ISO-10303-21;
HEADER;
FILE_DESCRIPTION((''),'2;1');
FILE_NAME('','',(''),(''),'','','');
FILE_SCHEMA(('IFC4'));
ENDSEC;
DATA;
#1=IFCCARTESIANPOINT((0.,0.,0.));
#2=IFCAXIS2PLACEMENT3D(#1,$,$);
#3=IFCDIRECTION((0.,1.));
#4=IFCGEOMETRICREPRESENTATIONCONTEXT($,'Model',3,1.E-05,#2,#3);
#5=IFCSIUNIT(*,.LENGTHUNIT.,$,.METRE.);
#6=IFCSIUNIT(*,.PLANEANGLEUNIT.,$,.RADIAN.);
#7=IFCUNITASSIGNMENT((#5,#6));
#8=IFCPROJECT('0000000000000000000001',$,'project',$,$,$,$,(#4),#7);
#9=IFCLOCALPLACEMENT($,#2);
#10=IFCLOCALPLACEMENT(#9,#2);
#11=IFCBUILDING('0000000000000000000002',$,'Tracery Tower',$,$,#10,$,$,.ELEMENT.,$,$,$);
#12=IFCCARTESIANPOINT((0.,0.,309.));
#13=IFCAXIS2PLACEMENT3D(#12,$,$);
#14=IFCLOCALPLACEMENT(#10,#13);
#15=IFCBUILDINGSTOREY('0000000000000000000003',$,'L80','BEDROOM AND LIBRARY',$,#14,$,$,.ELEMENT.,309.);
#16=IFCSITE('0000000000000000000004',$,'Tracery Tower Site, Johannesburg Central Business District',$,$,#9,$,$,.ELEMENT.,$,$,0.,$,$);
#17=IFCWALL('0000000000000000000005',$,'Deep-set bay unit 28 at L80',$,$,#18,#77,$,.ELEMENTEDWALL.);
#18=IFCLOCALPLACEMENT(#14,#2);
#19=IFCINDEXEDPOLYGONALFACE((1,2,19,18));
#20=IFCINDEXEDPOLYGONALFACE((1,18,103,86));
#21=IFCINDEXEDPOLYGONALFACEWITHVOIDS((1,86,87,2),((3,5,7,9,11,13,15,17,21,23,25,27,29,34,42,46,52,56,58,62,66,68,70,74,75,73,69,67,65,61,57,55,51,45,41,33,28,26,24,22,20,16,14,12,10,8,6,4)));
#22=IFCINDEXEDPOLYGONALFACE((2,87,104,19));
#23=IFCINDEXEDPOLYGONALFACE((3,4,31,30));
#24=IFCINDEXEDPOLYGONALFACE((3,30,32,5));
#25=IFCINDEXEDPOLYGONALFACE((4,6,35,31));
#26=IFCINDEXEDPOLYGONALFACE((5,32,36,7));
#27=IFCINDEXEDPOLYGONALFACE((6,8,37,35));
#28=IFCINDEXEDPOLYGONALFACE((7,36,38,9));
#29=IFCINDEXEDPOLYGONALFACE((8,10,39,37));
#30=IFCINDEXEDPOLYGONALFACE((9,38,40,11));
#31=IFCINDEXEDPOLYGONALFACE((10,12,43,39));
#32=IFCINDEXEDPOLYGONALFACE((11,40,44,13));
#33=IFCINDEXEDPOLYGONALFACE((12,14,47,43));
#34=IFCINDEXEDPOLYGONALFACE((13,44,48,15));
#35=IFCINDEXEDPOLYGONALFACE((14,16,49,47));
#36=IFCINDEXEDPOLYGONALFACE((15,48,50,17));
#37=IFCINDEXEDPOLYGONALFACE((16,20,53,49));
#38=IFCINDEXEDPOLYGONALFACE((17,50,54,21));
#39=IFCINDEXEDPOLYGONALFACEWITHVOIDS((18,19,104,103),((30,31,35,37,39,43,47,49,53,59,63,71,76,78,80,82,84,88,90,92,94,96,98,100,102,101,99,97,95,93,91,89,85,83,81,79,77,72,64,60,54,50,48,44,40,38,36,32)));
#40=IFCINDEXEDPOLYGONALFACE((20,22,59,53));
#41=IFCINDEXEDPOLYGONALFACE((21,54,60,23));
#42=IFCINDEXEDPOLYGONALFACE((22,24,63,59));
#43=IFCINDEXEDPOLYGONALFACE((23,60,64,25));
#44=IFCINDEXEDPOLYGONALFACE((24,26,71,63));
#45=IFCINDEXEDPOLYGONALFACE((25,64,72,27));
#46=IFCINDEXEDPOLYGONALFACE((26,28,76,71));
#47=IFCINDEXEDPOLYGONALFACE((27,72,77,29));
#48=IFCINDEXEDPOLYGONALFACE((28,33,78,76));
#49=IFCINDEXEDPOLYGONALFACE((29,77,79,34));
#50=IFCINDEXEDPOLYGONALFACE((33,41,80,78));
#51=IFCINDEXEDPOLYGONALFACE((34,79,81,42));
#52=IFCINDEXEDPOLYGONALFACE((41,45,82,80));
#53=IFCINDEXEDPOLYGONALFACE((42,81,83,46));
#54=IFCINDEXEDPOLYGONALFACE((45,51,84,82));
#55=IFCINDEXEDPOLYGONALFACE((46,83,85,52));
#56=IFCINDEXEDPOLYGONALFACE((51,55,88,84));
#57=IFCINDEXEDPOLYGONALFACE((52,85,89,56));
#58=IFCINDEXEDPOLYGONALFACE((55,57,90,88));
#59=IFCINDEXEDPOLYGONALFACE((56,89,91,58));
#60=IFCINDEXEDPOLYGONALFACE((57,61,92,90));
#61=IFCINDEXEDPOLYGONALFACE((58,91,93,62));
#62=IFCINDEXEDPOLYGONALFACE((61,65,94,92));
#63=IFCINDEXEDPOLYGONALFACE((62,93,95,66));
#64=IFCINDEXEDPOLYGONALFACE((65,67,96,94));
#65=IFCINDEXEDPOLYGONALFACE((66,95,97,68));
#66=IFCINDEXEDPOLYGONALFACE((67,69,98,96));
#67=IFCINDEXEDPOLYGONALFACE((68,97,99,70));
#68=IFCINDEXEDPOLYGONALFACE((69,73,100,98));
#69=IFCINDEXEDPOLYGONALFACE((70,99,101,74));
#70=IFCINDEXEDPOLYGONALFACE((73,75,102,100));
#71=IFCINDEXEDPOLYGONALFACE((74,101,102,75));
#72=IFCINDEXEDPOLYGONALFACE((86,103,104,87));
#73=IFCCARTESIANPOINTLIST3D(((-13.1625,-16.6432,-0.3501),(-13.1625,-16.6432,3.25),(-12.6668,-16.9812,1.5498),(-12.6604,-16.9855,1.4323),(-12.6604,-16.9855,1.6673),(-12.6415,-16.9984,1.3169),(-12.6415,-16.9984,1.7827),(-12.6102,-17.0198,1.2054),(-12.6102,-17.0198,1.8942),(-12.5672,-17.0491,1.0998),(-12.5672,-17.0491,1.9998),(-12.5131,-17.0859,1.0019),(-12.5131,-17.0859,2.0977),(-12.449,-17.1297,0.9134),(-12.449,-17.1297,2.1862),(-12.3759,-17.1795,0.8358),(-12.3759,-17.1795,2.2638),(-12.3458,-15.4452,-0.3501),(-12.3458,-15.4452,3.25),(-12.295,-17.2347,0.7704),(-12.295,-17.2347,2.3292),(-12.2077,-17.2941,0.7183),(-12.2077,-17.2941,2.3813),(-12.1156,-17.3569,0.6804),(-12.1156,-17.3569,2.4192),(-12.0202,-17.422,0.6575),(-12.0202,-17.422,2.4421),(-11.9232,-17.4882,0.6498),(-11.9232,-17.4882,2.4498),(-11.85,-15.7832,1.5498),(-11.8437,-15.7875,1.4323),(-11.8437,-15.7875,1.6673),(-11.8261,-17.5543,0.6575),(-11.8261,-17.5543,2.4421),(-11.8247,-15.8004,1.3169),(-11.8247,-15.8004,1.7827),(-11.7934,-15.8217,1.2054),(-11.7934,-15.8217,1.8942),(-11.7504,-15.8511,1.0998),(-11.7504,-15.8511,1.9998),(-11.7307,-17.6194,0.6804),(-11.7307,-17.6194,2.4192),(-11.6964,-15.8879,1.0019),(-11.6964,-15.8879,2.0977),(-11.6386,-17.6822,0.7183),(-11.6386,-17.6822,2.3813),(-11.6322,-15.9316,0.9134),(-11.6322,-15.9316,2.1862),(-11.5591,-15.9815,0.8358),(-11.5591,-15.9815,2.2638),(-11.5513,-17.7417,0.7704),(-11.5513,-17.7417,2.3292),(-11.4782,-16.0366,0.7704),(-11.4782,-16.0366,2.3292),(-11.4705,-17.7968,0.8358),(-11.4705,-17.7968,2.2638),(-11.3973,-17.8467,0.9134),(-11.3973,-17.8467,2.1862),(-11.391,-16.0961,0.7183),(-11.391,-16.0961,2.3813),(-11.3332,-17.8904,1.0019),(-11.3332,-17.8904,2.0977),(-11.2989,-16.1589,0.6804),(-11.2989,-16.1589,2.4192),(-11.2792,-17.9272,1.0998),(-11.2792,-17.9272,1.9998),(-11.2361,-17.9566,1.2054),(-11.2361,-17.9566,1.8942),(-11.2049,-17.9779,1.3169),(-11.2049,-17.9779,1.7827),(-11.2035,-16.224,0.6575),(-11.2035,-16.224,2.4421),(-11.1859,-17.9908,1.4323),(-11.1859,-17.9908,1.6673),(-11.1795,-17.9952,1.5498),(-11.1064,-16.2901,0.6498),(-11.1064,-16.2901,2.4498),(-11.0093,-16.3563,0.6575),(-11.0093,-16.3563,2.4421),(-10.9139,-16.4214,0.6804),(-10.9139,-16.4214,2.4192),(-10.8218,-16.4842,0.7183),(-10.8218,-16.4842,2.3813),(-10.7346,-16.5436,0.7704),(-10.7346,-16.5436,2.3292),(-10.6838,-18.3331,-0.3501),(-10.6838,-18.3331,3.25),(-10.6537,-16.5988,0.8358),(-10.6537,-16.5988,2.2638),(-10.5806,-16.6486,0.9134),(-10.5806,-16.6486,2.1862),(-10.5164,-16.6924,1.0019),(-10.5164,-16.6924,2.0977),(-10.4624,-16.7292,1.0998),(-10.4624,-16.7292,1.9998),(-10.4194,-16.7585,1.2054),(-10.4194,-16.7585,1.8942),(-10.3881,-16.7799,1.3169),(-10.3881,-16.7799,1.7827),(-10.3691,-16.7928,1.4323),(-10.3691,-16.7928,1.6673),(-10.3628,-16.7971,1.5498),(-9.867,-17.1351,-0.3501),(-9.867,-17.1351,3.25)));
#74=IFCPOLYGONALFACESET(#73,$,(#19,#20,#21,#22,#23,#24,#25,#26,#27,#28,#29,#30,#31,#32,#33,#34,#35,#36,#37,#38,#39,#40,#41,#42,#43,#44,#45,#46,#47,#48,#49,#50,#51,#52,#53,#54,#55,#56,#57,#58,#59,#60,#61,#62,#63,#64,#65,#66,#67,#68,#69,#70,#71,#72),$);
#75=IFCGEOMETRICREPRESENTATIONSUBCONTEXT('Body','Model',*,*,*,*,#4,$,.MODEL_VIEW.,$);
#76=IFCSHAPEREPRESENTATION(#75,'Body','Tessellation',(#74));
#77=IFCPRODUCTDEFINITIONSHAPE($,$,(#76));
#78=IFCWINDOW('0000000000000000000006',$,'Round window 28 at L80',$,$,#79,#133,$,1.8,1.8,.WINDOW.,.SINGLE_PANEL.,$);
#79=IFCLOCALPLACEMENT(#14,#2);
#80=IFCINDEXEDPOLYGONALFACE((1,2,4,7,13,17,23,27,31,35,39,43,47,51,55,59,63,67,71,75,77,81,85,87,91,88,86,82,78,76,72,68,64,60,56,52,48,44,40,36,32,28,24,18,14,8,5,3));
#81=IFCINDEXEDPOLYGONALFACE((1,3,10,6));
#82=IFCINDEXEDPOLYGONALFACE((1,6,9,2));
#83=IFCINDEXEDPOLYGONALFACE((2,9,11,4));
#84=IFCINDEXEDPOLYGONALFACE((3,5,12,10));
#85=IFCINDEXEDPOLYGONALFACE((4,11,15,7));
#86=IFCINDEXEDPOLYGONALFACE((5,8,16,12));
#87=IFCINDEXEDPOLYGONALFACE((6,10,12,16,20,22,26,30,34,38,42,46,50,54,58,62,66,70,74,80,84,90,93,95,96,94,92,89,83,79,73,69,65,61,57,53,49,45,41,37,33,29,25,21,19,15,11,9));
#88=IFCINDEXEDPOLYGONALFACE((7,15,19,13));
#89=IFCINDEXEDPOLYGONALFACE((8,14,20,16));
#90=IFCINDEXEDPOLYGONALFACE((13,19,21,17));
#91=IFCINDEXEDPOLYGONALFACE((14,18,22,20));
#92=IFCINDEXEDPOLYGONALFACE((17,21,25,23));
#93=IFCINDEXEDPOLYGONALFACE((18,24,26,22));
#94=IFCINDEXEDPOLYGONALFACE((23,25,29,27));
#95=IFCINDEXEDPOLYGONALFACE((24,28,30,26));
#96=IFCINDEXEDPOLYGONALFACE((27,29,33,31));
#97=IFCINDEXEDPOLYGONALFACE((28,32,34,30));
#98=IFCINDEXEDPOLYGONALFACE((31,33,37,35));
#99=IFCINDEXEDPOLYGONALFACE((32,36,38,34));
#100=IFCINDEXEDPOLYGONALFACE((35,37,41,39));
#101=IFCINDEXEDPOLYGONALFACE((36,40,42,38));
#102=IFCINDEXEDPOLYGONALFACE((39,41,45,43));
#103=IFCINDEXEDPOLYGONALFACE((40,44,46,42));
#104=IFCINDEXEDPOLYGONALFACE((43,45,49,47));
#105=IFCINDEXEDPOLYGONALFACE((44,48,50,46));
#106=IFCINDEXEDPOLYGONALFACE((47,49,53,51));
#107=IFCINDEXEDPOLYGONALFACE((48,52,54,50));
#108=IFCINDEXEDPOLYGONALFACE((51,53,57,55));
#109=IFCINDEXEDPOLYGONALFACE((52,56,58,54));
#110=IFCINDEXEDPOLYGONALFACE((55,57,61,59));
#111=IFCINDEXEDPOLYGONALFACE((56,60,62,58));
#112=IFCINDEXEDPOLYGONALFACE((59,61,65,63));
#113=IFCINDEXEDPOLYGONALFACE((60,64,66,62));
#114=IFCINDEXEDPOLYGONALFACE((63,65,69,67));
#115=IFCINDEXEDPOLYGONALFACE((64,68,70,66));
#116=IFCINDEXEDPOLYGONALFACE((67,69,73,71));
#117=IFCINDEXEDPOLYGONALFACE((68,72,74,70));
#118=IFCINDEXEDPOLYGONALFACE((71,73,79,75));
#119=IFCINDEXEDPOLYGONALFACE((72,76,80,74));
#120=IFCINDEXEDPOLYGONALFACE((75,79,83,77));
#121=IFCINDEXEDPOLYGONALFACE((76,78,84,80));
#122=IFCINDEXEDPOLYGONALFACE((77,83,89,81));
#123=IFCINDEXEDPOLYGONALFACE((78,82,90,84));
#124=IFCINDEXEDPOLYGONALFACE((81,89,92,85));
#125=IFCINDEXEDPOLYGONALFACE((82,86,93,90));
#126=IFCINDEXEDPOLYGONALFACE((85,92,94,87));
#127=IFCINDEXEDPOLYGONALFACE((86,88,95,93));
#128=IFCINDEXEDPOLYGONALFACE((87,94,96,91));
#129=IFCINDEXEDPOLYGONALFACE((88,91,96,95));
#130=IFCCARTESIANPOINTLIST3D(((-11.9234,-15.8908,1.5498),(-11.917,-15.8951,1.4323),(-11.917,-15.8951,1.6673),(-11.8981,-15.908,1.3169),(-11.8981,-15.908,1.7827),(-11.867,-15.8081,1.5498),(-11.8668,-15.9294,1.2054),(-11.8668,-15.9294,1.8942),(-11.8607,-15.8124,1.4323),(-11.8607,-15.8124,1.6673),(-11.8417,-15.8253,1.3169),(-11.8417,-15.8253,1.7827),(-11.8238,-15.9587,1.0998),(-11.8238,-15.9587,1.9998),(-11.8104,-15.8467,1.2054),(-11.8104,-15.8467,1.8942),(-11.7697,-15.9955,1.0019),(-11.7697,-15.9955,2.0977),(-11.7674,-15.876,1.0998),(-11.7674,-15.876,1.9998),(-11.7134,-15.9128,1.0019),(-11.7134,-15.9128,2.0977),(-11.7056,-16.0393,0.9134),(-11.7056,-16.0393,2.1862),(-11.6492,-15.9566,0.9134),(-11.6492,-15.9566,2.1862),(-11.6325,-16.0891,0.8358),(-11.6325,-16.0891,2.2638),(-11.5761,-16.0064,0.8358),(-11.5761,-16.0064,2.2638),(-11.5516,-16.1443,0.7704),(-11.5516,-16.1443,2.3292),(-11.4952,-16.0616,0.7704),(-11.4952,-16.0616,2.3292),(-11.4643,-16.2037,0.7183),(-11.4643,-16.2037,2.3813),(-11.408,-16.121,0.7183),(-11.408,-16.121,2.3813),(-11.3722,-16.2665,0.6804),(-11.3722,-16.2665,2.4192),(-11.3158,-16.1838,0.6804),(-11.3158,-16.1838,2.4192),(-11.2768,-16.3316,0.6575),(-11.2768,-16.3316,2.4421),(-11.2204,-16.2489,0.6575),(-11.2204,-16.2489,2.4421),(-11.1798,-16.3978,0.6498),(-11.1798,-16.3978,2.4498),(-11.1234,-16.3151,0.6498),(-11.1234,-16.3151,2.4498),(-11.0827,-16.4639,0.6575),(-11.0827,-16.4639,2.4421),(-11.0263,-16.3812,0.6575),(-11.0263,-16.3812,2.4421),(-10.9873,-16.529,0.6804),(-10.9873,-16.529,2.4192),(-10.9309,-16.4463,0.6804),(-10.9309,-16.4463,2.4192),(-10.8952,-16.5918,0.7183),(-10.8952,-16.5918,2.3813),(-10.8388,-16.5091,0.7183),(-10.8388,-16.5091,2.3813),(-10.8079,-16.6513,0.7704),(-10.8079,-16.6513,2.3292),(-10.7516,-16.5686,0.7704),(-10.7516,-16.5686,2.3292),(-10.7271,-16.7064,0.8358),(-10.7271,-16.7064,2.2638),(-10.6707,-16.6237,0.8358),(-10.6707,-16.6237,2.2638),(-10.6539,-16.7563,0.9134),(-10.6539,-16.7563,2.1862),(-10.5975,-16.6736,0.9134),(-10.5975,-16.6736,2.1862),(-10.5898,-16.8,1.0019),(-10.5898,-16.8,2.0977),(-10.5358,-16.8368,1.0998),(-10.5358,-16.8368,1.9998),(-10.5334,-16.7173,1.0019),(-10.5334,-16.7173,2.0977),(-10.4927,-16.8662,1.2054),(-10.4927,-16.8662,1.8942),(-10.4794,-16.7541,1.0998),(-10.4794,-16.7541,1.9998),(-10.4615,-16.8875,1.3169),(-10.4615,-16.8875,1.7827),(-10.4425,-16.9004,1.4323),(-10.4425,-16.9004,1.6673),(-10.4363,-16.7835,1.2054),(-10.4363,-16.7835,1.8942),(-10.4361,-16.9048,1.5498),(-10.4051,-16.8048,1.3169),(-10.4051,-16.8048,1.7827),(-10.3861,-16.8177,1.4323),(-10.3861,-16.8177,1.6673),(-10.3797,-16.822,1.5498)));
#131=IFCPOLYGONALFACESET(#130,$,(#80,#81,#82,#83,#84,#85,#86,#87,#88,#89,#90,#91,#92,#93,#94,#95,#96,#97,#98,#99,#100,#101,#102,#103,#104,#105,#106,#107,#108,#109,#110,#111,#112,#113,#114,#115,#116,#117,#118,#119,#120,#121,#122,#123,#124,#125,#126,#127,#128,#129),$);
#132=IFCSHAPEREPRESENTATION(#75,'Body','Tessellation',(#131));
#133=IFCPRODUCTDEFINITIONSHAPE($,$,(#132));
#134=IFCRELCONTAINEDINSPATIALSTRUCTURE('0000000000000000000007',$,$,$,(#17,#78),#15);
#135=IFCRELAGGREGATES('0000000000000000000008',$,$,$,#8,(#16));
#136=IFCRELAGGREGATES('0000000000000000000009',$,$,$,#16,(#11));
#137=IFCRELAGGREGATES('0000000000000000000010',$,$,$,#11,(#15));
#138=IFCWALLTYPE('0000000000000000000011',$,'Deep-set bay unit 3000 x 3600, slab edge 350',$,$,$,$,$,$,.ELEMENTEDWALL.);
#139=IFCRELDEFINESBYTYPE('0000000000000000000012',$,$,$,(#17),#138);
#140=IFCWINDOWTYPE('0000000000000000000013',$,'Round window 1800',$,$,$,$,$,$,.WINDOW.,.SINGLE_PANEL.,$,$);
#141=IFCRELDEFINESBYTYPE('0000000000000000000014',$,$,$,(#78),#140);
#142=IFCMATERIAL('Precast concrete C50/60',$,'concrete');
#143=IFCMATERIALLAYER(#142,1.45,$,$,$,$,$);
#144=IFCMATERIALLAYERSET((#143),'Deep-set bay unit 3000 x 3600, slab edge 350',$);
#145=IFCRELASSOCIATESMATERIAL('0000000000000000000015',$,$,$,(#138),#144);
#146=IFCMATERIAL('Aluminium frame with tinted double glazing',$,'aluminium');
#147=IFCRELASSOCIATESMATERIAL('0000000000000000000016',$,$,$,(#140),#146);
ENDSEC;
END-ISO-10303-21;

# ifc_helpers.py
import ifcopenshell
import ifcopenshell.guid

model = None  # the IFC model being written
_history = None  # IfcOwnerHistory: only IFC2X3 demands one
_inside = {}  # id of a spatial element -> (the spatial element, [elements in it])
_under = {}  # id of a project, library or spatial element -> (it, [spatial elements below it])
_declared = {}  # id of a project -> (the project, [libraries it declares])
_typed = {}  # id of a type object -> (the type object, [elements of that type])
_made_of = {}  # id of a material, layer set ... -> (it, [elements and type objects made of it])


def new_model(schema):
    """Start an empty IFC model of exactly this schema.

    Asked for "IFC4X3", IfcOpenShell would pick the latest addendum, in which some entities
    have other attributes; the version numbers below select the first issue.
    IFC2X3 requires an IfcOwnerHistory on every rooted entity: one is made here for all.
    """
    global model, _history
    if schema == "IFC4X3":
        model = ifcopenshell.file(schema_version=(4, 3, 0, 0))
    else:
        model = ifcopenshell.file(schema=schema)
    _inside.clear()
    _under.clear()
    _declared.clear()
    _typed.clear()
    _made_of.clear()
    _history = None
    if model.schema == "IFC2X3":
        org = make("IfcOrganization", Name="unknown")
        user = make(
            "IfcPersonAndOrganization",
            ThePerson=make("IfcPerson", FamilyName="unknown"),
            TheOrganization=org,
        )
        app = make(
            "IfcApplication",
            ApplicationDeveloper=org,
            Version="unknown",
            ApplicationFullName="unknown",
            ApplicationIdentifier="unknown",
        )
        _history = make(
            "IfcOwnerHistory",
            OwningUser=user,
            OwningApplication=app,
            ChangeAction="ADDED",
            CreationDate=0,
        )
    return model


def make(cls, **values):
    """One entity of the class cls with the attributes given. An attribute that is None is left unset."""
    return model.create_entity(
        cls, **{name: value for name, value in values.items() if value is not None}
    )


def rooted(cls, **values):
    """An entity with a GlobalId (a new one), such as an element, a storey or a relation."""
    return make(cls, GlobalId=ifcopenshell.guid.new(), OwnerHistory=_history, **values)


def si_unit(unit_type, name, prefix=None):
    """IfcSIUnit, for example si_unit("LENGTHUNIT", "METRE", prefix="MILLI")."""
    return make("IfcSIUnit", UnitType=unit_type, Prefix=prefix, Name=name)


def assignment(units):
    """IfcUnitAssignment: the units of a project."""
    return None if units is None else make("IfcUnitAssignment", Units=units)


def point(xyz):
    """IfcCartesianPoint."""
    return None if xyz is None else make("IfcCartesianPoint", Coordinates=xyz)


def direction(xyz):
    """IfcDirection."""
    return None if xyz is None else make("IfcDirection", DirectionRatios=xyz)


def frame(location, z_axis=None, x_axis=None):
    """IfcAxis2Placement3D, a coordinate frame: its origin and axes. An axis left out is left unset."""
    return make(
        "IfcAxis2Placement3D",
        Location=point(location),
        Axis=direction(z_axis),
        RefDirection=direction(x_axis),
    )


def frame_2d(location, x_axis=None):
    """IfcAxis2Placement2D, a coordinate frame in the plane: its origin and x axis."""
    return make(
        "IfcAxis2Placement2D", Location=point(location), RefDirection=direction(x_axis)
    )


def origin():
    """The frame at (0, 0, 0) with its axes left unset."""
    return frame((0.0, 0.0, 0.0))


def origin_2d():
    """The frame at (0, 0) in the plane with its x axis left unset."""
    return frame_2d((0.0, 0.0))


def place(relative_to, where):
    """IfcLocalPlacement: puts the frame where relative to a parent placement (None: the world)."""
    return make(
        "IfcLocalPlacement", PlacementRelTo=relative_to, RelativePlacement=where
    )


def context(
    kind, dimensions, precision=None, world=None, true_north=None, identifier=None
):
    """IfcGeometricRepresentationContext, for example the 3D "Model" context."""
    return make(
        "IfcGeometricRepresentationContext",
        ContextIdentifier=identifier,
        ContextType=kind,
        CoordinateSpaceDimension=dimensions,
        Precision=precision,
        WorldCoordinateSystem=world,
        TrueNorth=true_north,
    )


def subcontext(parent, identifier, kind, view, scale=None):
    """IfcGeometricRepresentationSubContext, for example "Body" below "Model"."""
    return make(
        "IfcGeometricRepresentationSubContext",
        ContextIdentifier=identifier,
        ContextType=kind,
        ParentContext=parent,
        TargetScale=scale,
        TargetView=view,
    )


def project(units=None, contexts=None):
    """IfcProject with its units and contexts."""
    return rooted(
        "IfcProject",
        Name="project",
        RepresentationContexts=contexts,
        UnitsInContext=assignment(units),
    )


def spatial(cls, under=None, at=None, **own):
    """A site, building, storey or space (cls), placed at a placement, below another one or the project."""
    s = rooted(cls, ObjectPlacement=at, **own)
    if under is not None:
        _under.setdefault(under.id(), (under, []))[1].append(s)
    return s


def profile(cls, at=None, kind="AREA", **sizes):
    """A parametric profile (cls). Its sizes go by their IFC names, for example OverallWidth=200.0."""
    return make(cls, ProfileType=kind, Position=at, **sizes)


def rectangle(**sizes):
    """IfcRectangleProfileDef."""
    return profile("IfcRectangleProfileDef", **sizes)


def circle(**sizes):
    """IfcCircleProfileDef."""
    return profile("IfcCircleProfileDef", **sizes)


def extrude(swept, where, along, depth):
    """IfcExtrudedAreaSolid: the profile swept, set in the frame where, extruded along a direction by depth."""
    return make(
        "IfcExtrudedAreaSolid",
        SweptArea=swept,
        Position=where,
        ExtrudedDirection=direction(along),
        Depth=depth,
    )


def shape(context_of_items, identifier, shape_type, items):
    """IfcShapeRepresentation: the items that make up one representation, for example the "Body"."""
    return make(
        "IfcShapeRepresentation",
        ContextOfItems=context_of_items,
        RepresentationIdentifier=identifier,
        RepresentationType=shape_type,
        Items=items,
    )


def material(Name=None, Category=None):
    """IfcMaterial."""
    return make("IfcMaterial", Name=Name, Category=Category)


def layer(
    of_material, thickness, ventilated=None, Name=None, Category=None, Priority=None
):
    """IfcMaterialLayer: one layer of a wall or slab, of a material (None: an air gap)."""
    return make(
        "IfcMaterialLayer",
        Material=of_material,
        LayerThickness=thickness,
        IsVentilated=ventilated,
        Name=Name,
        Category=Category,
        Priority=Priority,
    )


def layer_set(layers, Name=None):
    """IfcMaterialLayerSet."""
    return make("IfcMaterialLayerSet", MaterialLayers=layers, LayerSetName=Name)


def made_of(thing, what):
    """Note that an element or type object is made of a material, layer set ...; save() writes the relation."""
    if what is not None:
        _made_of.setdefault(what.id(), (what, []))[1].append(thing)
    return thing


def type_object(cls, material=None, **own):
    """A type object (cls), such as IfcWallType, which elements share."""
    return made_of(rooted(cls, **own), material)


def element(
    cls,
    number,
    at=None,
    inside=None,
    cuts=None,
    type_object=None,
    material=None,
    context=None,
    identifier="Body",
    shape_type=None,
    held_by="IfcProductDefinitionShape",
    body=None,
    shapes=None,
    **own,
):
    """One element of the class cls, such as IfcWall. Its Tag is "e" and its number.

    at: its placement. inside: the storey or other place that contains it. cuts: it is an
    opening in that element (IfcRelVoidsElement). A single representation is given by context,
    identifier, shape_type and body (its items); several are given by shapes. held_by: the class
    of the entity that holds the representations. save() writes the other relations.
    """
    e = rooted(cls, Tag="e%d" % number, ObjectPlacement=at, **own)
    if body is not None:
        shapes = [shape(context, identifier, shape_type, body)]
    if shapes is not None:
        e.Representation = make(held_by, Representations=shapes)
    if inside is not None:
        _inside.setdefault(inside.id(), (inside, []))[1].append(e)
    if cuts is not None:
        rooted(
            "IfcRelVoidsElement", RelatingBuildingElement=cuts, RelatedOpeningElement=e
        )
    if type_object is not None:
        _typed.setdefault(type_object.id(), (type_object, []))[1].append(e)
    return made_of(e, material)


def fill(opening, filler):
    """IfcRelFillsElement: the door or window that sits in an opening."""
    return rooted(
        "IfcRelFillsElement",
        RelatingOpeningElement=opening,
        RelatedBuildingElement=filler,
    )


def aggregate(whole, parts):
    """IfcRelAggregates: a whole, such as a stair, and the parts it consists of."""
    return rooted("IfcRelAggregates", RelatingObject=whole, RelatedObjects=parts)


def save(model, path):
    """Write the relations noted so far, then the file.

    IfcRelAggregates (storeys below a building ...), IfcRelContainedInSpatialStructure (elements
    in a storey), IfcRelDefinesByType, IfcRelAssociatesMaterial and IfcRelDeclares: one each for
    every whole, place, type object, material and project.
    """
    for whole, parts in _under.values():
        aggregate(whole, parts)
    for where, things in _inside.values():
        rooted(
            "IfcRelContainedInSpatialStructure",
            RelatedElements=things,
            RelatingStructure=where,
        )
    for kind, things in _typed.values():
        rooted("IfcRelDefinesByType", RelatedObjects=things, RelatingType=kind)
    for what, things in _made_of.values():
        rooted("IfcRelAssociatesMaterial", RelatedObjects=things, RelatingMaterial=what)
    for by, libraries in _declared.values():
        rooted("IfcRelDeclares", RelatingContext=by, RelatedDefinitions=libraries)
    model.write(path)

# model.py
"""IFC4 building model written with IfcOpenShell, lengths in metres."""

from ifc_helpers import new_model, si_unit, direction, frame, frame_2d, origin, origin_2d, place, context, subcontext, project, spatial, rectangle, circle, extrude, material, layer, layer_set, type_object, element, fill, save


model = new_model("IFC4")

# Units and contexts
model_context = context("Model", 3, precision=1e-05, world=origin(), true_north=direction((0.0, 1.0)))
body_context = subcontext(model_context, "Body", "Model", "MODEL_VIEW")
ifc_project = project(units=[si_unit("LENGTHUNIT", "METRE"), si_unit("PLANEANGLEUNIT", "RADIAN")], contexts=[model_context])

# Site, building, storey
site_placement = place(None, origin())
site = spatial("IfcSite", under=ifc_project, at=site_placement, Name="Tracery Tower Site, Johannesburg Central Business District", CompositionType="ELEMENT", RefElevation=0.0)
building_placement = place(site_placement, origin())
building = spatial("IfcBuilding", under=site, at=building_placement, Name="Tracery Tower", CompositionType="ELEMENT")
storey_placement = place(building_placement, frame((0.0, 0.0, 309.0)))
storey = spatial("IfcBuildingStorey", under=building, at=storey_placement, Name="L80", Description="BEDROOM AND LIBRARY", CompositionType="ELEMENT", Elevation=309.0)

# Wall, opening, window
ifc_material_1 = material(Name="Precast concrete C50/60", Category="concrete")
ifc_layer_1 = layer(ifc_material_1, 1.45)
ifc_layer_set_1 = layer_set([ifc_layer_1], Name="Deep-set bay unit 3000 x 3600, slab edge 350")
wall_type_1 = type_object("IfcWallType", Name="Deep-set bay unit 3000 x 3600, slab edge 350", PredefinedType="ELEMENTEDWALL", material=ifc_layer_set_1)
ifc_material_2 = material(Name="Aluminium frame with tinted double glazing", Category="aluminium")
window_type = type_object("IfcWindowType", Name="Round window 1800", PartitioningType="SINGLE_PANEL", PredefinedType="WINDOW", material=ifc_material_2)
wall_1_placement = place(storey_placement, frame((-12.7542, -16.0442, -0.3501), z_axis=(0.0, 0.0, 1.0), x_axis=(0.826246, -0.563309, 0.0)))
wall_1 = element("IfcWall", 1, at=wall_1_placement, inside=storey, type_object=wall_type_1, Name="Deep-set bay unit 28 at L80", PredefinedType="ELEMENTEDWALL", context=body_context, shape_type="SweptSolid", body=[
    extrude(rectangle(XDim=3.0, YDim=1.45, at=frame_2d((1.5, 0.0))), origin(), (0.0, 0.0, 1.0), 3.6001),
])
opening_1_placement = place(wall_1_placement, frame((1.5, 0.0, 1.8999)))
opening_1 = element("IfcOpeningElement", 2, at=opening_1_placement, cuts=wall_1, PredefinedType="OPENING", context=body_context, shape_type="SweptSolid", body=[
    extrude(circle(Radius=0.9, at=origin_2d()), frame((0.0, 0.7349, 0.0), z_axis=(0.0, -1.0, 0.0), x_axis=(1.0, 0.0, 0.0)), (0.0, 0.0, 1.0), 1.47),
])
window_1_placement = place(opening_1_placement, origin())
window_1 = element("IfcWindow", 3, at=window_1_placement, inside=storey, type_object=window_type, Name="Round window 28 at L80", OverallHeight=1.8, OverallWidth=1.8, PartitioningType="SINGLE_PANEL", PredefinedType="WINDOW", context=body_context, shape_type="SweptSolid", body=[
    extrude(circle(Radius=0.9, at=origin_2d()), frame((0.0, 0.6948, 0.0), z_axis=(0.0, -1.0, 0.0), x_axis=(1.0, 0.0, 0.0)), (0.0, 0.0, 1.0), 0.1001),
])
fill(opening_1, window_1)

save(model, "model.ifc")
